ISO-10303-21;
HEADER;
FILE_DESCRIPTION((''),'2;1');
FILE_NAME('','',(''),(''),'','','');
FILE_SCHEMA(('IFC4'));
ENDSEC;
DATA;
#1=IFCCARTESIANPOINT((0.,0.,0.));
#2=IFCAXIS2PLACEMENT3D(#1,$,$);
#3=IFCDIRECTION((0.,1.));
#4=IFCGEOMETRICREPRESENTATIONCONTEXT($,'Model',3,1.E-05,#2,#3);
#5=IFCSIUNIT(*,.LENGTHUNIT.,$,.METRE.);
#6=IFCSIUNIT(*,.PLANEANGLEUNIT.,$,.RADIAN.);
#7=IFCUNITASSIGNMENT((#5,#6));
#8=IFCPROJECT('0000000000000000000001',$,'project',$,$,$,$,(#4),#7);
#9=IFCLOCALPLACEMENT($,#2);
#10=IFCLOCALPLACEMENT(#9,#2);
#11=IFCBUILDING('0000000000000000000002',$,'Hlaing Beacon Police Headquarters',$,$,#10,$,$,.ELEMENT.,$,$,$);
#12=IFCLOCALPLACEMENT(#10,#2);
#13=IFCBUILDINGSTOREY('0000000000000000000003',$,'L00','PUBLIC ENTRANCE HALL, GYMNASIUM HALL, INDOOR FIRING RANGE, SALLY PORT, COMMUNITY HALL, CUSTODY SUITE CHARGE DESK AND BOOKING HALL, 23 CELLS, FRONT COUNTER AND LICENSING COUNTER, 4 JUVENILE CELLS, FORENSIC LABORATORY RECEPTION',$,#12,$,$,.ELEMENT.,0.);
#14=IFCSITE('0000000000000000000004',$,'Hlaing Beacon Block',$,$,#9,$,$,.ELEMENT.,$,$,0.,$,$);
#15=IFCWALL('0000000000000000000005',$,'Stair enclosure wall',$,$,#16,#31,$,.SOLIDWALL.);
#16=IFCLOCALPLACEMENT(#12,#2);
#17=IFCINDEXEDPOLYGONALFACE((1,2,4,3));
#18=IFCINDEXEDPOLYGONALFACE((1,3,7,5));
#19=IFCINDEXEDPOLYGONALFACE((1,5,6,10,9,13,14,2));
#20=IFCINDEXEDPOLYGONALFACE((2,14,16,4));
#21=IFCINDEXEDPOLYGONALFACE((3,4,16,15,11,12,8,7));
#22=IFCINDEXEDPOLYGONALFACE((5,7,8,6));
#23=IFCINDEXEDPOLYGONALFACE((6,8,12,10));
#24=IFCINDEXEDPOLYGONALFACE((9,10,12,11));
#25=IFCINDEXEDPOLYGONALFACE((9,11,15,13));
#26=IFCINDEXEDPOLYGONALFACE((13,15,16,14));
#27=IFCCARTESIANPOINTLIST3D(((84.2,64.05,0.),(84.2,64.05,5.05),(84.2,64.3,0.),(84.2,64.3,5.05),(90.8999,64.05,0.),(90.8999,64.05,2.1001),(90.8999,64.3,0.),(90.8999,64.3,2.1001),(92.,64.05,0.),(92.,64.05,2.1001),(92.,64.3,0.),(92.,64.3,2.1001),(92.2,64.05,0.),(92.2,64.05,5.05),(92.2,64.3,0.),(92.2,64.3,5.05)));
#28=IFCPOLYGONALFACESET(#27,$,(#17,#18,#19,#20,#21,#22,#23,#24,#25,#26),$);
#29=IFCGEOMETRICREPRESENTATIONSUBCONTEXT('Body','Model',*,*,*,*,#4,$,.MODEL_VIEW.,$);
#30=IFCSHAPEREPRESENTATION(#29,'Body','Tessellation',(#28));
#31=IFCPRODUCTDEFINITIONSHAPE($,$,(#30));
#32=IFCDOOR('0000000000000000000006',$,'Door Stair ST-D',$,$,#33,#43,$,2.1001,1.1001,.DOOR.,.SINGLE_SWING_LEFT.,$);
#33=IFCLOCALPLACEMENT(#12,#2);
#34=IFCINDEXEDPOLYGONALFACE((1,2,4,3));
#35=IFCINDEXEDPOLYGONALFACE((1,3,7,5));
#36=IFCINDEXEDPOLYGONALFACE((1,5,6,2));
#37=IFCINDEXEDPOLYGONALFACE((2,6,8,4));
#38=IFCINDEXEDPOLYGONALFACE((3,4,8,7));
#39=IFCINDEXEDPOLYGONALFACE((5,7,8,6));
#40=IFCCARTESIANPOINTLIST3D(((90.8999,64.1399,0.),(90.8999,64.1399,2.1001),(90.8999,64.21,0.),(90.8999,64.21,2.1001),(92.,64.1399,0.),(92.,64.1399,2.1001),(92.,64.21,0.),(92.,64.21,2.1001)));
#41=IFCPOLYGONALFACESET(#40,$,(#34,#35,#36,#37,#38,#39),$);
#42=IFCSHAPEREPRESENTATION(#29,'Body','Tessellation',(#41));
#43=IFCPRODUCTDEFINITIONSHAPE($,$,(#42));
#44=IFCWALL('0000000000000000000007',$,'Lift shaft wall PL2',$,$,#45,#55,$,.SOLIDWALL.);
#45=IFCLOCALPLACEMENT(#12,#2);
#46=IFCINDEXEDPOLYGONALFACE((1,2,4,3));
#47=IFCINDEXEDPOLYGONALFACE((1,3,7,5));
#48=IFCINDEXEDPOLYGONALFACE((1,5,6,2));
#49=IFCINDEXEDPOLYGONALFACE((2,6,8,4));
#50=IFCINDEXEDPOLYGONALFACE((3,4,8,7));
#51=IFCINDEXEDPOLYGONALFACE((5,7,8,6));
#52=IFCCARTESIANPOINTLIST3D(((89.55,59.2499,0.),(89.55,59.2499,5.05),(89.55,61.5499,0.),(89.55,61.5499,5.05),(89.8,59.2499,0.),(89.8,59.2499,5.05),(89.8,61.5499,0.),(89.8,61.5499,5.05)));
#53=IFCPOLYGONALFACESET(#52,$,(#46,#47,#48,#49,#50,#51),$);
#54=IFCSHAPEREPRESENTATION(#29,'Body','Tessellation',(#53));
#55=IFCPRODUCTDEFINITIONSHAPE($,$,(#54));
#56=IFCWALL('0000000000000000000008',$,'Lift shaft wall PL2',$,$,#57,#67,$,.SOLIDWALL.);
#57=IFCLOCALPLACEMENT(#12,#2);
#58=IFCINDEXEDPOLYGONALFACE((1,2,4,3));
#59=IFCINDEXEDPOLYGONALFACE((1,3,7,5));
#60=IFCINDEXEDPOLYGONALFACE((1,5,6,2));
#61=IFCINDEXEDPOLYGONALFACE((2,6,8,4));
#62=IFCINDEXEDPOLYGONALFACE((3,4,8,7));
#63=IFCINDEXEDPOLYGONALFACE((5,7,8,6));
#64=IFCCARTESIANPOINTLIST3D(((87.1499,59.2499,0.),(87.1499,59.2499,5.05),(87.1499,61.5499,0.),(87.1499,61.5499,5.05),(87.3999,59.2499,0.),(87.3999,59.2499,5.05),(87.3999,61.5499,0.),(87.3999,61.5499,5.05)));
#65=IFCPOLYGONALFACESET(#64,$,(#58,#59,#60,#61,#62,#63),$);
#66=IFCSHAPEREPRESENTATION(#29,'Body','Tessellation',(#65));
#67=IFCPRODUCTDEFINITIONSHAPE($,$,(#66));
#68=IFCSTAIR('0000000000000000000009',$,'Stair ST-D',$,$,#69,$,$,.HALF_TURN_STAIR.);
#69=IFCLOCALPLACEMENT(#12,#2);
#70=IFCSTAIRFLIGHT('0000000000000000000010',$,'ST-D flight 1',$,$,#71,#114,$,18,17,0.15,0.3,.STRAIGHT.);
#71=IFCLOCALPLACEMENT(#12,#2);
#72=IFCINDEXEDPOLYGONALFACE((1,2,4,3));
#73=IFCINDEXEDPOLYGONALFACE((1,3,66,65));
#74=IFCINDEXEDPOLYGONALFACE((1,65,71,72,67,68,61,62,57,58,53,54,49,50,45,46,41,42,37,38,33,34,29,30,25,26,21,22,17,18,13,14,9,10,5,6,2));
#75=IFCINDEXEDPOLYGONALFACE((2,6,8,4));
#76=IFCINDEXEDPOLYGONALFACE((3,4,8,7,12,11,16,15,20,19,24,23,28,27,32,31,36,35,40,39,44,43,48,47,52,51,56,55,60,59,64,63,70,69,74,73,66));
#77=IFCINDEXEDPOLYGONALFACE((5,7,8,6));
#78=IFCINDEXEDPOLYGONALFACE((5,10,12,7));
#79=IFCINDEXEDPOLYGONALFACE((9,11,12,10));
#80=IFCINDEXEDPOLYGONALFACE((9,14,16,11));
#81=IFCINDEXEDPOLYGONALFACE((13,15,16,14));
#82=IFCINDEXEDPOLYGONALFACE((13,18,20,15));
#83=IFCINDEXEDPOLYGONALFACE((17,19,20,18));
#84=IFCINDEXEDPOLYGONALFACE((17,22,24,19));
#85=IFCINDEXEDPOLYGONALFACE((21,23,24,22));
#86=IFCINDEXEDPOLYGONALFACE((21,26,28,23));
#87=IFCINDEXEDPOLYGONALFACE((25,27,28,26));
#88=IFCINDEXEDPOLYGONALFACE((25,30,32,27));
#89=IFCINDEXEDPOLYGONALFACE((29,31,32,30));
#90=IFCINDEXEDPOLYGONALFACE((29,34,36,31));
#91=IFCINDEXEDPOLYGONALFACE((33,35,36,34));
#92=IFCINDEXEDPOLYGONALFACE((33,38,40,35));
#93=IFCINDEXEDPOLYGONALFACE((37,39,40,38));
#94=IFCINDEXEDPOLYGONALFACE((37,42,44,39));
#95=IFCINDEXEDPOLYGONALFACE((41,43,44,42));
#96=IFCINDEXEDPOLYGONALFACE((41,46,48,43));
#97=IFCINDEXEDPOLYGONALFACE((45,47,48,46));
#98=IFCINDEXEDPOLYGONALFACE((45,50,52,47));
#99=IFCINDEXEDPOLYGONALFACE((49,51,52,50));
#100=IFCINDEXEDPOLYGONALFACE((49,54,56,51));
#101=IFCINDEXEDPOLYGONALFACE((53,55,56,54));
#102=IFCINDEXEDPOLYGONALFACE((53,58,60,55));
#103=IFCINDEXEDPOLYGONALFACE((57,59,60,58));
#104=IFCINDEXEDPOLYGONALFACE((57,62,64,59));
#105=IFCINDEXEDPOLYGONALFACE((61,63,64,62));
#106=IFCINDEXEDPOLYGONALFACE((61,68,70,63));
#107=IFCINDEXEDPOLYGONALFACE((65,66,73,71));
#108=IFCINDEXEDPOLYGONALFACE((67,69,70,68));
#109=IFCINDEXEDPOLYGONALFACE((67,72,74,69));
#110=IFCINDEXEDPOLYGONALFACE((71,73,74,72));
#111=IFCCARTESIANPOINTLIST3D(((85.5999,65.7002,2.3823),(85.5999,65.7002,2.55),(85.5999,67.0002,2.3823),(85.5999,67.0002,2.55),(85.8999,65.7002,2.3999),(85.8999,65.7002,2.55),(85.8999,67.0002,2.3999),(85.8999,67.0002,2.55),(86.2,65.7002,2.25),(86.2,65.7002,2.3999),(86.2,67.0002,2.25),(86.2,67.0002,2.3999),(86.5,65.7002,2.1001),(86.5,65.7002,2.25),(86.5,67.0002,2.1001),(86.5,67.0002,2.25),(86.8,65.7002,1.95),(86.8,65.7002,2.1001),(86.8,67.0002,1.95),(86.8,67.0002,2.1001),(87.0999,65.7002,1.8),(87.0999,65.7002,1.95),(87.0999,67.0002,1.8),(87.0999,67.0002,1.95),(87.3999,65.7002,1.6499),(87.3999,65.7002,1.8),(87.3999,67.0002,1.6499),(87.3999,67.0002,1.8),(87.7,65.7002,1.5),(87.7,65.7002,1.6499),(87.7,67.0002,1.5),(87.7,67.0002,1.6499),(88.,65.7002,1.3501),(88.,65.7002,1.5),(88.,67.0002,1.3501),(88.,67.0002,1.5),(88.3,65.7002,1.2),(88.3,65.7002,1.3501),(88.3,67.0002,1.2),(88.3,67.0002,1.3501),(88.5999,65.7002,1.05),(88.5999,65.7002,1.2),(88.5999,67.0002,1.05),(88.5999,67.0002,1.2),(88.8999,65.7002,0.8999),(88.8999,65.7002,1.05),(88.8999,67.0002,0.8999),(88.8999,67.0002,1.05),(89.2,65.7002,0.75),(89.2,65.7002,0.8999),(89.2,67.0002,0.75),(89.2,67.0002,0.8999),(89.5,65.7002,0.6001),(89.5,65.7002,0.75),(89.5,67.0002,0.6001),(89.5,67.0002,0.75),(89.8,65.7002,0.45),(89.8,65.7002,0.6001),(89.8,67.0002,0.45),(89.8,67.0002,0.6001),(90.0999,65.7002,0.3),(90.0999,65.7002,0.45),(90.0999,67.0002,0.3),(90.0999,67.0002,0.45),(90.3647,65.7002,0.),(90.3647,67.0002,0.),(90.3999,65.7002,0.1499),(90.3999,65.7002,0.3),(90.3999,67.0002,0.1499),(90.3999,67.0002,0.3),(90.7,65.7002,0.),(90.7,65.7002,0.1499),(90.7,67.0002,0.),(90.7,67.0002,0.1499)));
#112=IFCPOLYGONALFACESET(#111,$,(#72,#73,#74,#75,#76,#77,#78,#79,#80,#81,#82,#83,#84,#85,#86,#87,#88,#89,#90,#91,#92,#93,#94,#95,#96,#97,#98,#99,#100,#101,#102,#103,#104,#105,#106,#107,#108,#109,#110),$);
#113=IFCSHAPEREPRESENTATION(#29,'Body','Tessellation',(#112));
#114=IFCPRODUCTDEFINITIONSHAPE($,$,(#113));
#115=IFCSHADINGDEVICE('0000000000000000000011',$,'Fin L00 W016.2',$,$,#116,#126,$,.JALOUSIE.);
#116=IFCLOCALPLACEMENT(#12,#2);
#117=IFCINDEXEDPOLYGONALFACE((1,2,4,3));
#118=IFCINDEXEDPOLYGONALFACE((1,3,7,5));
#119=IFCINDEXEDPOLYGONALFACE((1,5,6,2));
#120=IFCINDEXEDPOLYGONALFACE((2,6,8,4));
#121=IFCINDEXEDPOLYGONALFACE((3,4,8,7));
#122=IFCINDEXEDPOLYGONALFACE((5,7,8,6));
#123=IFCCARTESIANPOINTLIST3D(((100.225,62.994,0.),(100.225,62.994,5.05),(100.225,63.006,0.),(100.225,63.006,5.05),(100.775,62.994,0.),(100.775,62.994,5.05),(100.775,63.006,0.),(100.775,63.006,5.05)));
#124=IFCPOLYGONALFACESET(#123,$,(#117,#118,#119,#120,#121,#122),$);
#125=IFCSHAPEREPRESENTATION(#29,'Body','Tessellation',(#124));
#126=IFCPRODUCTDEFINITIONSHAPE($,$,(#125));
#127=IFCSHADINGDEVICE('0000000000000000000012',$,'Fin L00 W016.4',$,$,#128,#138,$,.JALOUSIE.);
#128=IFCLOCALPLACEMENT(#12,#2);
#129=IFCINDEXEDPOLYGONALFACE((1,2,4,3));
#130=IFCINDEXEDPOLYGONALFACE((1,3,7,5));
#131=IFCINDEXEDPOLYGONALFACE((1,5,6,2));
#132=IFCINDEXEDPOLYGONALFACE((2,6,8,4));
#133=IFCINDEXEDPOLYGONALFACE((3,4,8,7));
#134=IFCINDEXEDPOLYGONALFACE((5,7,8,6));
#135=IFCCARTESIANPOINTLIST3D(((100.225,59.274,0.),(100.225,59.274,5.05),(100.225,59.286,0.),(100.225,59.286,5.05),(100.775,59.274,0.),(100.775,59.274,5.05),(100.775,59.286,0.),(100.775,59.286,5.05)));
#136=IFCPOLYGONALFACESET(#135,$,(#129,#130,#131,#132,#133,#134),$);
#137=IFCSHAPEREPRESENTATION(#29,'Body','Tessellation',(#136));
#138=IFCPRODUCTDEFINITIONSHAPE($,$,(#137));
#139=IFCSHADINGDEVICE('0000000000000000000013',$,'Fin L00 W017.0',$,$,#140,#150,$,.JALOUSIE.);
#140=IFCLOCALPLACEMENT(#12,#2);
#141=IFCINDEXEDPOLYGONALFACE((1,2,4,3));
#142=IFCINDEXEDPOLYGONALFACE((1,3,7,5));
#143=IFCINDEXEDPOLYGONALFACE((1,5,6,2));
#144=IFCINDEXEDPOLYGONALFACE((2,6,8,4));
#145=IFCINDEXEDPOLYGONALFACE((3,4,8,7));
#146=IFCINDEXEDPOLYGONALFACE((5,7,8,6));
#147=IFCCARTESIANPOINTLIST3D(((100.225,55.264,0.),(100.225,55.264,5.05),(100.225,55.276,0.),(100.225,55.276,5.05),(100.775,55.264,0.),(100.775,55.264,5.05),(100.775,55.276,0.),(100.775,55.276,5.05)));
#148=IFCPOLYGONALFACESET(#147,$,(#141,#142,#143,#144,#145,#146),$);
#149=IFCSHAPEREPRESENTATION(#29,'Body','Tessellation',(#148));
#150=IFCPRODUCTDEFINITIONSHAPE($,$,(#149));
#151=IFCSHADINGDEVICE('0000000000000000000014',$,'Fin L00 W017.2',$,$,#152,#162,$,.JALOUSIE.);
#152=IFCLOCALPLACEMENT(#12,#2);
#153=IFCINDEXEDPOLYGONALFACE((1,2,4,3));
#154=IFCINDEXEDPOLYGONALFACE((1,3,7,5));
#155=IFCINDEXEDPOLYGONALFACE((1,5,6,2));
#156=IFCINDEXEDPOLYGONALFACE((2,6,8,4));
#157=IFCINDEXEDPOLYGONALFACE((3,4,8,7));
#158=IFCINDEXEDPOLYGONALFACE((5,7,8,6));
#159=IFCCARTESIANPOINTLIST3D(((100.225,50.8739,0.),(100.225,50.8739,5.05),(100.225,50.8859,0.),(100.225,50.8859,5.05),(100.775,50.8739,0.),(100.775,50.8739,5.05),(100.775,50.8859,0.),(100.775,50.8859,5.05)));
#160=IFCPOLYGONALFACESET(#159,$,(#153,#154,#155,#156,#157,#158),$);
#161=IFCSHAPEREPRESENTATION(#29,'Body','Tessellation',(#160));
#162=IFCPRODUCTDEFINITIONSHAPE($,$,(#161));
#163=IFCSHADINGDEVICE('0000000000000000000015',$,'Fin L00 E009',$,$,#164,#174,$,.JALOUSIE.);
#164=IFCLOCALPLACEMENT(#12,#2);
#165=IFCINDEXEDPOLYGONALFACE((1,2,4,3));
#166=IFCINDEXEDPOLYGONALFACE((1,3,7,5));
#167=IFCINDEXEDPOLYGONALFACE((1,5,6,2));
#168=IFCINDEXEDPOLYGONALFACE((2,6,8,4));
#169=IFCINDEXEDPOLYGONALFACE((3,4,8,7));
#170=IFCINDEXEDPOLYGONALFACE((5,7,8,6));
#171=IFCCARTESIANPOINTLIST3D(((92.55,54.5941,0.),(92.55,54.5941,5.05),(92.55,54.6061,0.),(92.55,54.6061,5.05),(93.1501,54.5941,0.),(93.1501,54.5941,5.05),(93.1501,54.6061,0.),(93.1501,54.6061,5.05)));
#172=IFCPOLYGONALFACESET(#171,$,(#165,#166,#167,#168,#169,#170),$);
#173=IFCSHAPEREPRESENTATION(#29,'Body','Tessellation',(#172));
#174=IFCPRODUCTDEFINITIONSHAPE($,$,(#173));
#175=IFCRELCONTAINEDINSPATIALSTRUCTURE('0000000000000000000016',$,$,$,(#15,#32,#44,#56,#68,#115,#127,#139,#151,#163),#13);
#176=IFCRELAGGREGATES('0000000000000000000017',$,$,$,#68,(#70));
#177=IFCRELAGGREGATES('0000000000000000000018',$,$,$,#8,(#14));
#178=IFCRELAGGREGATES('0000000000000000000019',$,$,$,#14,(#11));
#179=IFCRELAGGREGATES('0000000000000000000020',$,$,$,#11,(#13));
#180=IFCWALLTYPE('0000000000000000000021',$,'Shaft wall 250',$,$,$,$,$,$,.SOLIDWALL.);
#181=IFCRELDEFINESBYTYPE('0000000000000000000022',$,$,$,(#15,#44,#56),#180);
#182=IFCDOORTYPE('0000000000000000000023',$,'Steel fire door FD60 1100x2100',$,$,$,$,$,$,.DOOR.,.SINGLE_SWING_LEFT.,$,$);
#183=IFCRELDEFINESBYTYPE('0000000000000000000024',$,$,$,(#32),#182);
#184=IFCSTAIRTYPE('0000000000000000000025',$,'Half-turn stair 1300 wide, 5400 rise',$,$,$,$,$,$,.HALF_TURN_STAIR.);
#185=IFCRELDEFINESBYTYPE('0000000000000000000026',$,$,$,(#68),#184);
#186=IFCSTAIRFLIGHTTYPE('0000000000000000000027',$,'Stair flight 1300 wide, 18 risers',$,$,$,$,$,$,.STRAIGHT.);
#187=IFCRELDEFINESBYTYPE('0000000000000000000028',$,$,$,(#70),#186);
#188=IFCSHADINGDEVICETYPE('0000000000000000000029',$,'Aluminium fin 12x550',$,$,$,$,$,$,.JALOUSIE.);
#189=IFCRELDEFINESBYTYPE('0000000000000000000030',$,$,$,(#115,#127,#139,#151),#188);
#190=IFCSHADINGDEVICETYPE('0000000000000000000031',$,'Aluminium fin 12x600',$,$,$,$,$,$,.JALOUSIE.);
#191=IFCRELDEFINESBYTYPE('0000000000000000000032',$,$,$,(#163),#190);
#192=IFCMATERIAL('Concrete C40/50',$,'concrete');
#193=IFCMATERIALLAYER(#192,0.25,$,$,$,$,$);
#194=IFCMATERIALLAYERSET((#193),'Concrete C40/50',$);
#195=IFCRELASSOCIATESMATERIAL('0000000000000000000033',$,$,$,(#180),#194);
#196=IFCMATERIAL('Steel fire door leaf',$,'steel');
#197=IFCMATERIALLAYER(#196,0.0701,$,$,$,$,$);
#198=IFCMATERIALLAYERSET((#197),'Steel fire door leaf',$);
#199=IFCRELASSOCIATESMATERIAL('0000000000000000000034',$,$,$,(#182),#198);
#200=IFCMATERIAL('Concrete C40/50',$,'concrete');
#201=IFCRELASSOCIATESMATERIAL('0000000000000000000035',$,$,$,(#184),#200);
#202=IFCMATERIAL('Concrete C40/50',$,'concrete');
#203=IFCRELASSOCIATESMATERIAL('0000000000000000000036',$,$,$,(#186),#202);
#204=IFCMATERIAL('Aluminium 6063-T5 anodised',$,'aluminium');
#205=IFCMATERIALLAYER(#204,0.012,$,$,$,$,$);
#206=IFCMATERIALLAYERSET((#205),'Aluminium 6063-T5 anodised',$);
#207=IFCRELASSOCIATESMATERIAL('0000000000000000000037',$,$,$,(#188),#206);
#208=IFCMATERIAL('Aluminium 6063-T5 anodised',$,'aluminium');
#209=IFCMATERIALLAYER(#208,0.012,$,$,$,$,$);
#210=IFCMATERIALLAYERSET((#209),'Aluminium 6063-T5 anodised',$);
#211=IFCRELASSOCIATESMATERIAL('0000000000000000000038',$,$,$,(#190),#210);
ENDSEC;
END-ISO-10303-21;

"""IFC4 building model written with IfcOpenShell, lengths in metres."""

from ifc_helpers import new_model, si_unit, direction, frame, frame_2d, origin, origin_2d, place, context, subcontext, project, spatial, polyline, rectangle, outline, extrude, material, layer, layer_set, type_object, element, fill, aggregate, save


model = new_model("IFC4")

# Units and contexts
model_context = context("Model", 3, precision=1e-05, world=origin(), true_north=direction((0.0, 1.0)))
body_context = subcontext(model_context, "Body", "Model", "MODEL_VIEW")
ifc_project = project(units=[si_unit("LENGTHUNIT", "METRE"), si_unit("PLANEANGLEUNIT", "RADIAN")], contexts=[model_context])

# Site, building, storey
site_placement = place(None, origin())
site = spatial("IfcSite", under=ifc_project, at=site_placement, Name="Hlaing Beacon Block", CompositionType="ELEMENT", RefElevation=0.0)
building_placement = place(site_placement, origin())
building = spatial("IfcBuilding", under=site, at=building_placement, Name="Hlaing Beacon Police Headquarters", CompositionType="ELEMENT")
storey_placement = place(building_placement, origin())
storey = spatial("IfcBuildingStorey", under=building, at=storey_placement, Name="L00", Description="PUBLIC ENTRANCE HALL, GYMNASIUM HALL, INDOOR FIRING RANGE, SALLY PORT, COMMUNITY HALL, CUSTODY SUITE CHARGE DESK AND BOOKING HALL, 23 CELLS, FRONT COUNTER AND LICENSING COUNTER, 4 JUVENILE CELLS, FORENSIC LABORATORY RECEPTION", CompositionType="ELEMENT", Elevation=0.0)

# Wall, opening, door
ifc_material_1 = material(Name="Concrete C40/50", Category="concrete")
ifc_layer_1 = layer(ifc_material_1, 0.25)
ifc_layer_set_1 = layer_set([ifc_layer_1], Name="Concrete C40/50")
wall_type_1 = type_object("IfcWallType", Name="Shaft wall 250", PredefinedType="SOLIDWALL", material=ifc_layer_set_1)
wall_1_placement = place(storey_placement, frame((92.2, 64.175, 0.0), z_axis=(0.0, 0.0, 1.0), x_axis=(-1.0, 0.0, 0.0)))
wall_1 = element("IfcWall", 1, at=wall_1_placement, inside=storey, type_object=wall_type_1, Name="Stair enclosure wall", PredefinedType="SOLIDWALL", context=body_context, shape_type="SweptSolid", body=[
    extrude(rectangle(XDim=8.0, YDim=0.25, at=frame_2d((4.0, 0.0))), origin(), (0.0, 0.0, 1.0), 5.05),
])
opening_1_placement = place(wall_1_placement, frame((0.2, 0.0, 0.0)))
opening_1 = element("IfcOpeningElement", 2, at=opening_1_placement, cuts=wall_1, PredefinedType="OPENING", context=body_context, shape_type="SweptSolid", body=[
    extrude(rectangle(XDim=1.1001, YDim=2.1001, at=frame_2d((0.55, 1.05))), frame((0.0, 0.135, 0.0), z_axis=(0.0, -1.0, 0.0), x_axis=(1.0, 0.0, 0.0)), (0.0, 0.0, 1.0), 0.27),
])
ifc_material_2 = material(Name="Steel fire door leaf", Category="steel")
ifc_layer_2 = layer(ifc_material_2, 0.0701)
ifc_layer_set_2 = layer_set([ifc_layer_2], Name="Steel fire door leaf")
door_type_1 = type_object("IfcDoorType", Name="Steel fire door FD60 1100x2100", OperationType="SINGLE_SWING_LEFT", PredefinedType="DOOR", material=ifc_layer_set_2)
door_1_placement = place(opening_1_placement, frame((1.1001, 0.0, 0.0), z_axis=(0.0, 0.0, 1.0), x_axis=(-1.0, 0.0, 0.0)))
door_1 = element("IfcDoor", 3, at=door_1_placement, inside=storey, type_object=door_type_1, Name="Door Stair ST-D", OperationType="SINGLE_SWING_LEFT", OverallHeight=2.1001, OverallWidth=1.1001, PredefinedType="DOOR", context=body_context, shape_type="SweptSolid", body=[
    extrude(rectangle(XDim=1.1001, YDim=2.1001, at=frame_2d((0.55, 1.05))), frame((0.0, 0.0349, 0.0), z_axis=(0.0, -1.0, 0.0), x_axis=(1.0, 0.0, 0.0)), (0.0, 0.0, 1.0), 0.0701),
])
fill(opening_1, door_1)

# Walls
for number, where, z_axis, x_axis, name in (
    (4, (89.675, 59.25, 0.0), (0.0, 0.0, 1.0), (0.0, 1.0, 0.0), "Lift shaft wall PL2"),
    (5, (87.2749, 59.25, 0.0), (0.0, 0.0, 1.0), (0.0, 1.0, 0.0), "Lift shaft wall PL2"),
):
    element("IfcWall", number, at=place(storey_placement, frame(where, z_axis=z_axis, x_axis=x_axis)), inside=storey, type_object=wall_type_1, Name=name, PredefinedType="SOLIDWALL", context=body_context, shape_type="SweptSolid", body=[
        extrude(rectangle(XDim=2.3, YDim=0.25, at=frame_2d((1.1499, 0.0))), origin(), (0.0, 0.0, 1.0), 5.05),
    ])

# Stair, stair flight
ifc_material_3 = material(Name="Concrete C40/50", Category="concrete")
stair_type = type_object("IfcStairType", Name="Half-turn stair 1300 wide, 5400 rise", PredefinedType="HALF_TURN_STAIR", material=ifc_material_3)
stair_placement = place(storey_placement, origin())
stair = element("IfcStair", 6, at=stair_placement, inside=storey, type_object=stair_type, Name="Stair ST-D", PredefinedType="HALF_TURN_STAIR")
ifc_material_4 = material(Name="Concrete C40/50", Category="concrete")
stair_flight_type = type_object("IfcStairFlightType", Name="Stair flight 1300 wide, 18 risers", PredefinedType="STRAIGHT", material=ifc_material_4)
stair_flight_placement = place(storey_placement, frame((90.7, 66.3501, 0.0), z_axis=(0.0, 0.0, 1.0), x_axis=(-1.0, 0.0, 0.0)))
stair_flight = element("IfcStairFlight", 7, at=stair_flight_placement, type_object=stair_flight_type, Name="ST-D flight 1", NumberOfRisers=18, NumberOfTreads=17, PredefinedType="STRAIGHT", RiserHeight=0.15, TreadLength=0.3, context=body_context, shape_type="SweptSolid", body=[
    extrude(outline(polyline([(0.0, 0.0), (0.0, 0.1499), (0.3, 0.1499), (0.3, 0.3), (0.6001, 0.3), (0.6001, 0.45), (0.8999, 0.45), (0.8999, 0.6001), (1.2, 0.6001), (1.2, 0.75), (1.5, 0.75), (1.5, 0.8999), (1.8, 0.8999), (1.8, 1.05), (2.1001, 1.05), (2.1001, 1.2), (2.3999, 1.2), (2.3999, 1.3501), (2.7, 1.3501), (2.7, 1.5), (3.0, 1.5), (3.0, 1.6499), (3.3, 1.6499), (3.3, 1.8), (3.6001, 1.8), (3.6001, 1.95), (3.8999, 1.95), (3.8999, 2.1001), (4.2, 2.1001), (4.2, 2.25), (4.5, 2.25), (4.5, 2.3999), (4.8, 2.3999), (4.8, 2.55), (5.1001, 2.55), (5.1001, 2.7), (5.1001, 2.3823), (0.3352, 0.0), (0.0, 0.0)])), frame((0.0, 0.6499, 0.0), z_axis=(0.0, -1.0, 0.0), x_axis=(1.0, 0.0, 0.0)), (0.0, 0.0, 1.0), 1.3),
])
aggregate(stair, [stair_flight])

# Shading devices
ifc_material_5 = material(Name="Aluminium 6063-T5 anodised", Category="aluminium")
ifc_layer_3 = layer(ifc_material_5, 0.012)
ifc_layer_set_3 = layer_set([ifc_layer_3], Name="Aluminium 6063-T5 anodised")
shading_device_type_1 = type_object("IfcShadingDeviceType", Name="Aluminium fin 12x550", PredefinedType="JALOUSIE", material=ifc_layer_set_3)
for number, where, z_axis, x_axis, name in (
    (8, (100.5, 63.0, 0.0), (0.0, 0.0, 1.0), (0.0, -1.0, 0.0), "Fin L00 W016.2"),
    (9, (100.5, 59.28, 0.0), (0.0, 0.0, 1.0), (0.0, -1.0, 0.0), "Fin L00 W016.4"),
    (10, (100.5, 55.27, 0.0), (0.0, 0.0, 1.0), (0.0, -1.0, 0.0), "Fin L00 W017.0"),
    (11, (100.5, 50.8799, 0.0), (0.0, 0.0, 1.0), (0.0, -1.0, 0.0), "Fin L00 W017.2"),
):
    element("IfcShadingDevice", number, at=place(storey_placement, frame(where, z_axis=z_axis, x_axis=x_axis)), inside=storey, type_object=shading_device_type_1, Name=name, PredefinedType="JALOUSIE", context=body_context, shape_type="SweptSolid", body=[
        extrude(rectangle(XDim=0.012, YDim=0.55, at=origin_2d()), origin(), (0.0, 0.0, 1.0), 5.05),
    ])
ifc_material_6 = material(Name="Aluminium 6063-T5 anodised", Category="aluminium")
ifc_layer_4 = layer(ifc_material_6, 0.012)
ifc_layer_set_4 = layer_set([ifc_layer_4], Name="Aluminium 6063-T5 anodised")
shading_device_type_2 = type_object("IfcShadingDeviceType", Name="Aluminium fin 12x600", PredefinedType="JALOUSIE", material=ifc_layer_set_4)
shading_device_placement = place(storey_placement, frame((92.8501, 54.6001, 0.0), z_axis=(0.0, 0.0, 1.0), x_axis=(0.0, 1.0, 0.0)))
element("IfcShadingDevice", 12, at=shading_device_placement, inside=storey, type_object=shading_device_type_2, Name="Fin L00 E009", PredefinedType="JALOUSIE", context=body_context, shape_type="SweptSolid", body=[
    extrude(rectangle(XDim=0.012, YDim=0.6001, at=origin_2d()), origin(), (0.0, 0.0, 1.0), 5.05),
])

save(model, "model.ifc")
